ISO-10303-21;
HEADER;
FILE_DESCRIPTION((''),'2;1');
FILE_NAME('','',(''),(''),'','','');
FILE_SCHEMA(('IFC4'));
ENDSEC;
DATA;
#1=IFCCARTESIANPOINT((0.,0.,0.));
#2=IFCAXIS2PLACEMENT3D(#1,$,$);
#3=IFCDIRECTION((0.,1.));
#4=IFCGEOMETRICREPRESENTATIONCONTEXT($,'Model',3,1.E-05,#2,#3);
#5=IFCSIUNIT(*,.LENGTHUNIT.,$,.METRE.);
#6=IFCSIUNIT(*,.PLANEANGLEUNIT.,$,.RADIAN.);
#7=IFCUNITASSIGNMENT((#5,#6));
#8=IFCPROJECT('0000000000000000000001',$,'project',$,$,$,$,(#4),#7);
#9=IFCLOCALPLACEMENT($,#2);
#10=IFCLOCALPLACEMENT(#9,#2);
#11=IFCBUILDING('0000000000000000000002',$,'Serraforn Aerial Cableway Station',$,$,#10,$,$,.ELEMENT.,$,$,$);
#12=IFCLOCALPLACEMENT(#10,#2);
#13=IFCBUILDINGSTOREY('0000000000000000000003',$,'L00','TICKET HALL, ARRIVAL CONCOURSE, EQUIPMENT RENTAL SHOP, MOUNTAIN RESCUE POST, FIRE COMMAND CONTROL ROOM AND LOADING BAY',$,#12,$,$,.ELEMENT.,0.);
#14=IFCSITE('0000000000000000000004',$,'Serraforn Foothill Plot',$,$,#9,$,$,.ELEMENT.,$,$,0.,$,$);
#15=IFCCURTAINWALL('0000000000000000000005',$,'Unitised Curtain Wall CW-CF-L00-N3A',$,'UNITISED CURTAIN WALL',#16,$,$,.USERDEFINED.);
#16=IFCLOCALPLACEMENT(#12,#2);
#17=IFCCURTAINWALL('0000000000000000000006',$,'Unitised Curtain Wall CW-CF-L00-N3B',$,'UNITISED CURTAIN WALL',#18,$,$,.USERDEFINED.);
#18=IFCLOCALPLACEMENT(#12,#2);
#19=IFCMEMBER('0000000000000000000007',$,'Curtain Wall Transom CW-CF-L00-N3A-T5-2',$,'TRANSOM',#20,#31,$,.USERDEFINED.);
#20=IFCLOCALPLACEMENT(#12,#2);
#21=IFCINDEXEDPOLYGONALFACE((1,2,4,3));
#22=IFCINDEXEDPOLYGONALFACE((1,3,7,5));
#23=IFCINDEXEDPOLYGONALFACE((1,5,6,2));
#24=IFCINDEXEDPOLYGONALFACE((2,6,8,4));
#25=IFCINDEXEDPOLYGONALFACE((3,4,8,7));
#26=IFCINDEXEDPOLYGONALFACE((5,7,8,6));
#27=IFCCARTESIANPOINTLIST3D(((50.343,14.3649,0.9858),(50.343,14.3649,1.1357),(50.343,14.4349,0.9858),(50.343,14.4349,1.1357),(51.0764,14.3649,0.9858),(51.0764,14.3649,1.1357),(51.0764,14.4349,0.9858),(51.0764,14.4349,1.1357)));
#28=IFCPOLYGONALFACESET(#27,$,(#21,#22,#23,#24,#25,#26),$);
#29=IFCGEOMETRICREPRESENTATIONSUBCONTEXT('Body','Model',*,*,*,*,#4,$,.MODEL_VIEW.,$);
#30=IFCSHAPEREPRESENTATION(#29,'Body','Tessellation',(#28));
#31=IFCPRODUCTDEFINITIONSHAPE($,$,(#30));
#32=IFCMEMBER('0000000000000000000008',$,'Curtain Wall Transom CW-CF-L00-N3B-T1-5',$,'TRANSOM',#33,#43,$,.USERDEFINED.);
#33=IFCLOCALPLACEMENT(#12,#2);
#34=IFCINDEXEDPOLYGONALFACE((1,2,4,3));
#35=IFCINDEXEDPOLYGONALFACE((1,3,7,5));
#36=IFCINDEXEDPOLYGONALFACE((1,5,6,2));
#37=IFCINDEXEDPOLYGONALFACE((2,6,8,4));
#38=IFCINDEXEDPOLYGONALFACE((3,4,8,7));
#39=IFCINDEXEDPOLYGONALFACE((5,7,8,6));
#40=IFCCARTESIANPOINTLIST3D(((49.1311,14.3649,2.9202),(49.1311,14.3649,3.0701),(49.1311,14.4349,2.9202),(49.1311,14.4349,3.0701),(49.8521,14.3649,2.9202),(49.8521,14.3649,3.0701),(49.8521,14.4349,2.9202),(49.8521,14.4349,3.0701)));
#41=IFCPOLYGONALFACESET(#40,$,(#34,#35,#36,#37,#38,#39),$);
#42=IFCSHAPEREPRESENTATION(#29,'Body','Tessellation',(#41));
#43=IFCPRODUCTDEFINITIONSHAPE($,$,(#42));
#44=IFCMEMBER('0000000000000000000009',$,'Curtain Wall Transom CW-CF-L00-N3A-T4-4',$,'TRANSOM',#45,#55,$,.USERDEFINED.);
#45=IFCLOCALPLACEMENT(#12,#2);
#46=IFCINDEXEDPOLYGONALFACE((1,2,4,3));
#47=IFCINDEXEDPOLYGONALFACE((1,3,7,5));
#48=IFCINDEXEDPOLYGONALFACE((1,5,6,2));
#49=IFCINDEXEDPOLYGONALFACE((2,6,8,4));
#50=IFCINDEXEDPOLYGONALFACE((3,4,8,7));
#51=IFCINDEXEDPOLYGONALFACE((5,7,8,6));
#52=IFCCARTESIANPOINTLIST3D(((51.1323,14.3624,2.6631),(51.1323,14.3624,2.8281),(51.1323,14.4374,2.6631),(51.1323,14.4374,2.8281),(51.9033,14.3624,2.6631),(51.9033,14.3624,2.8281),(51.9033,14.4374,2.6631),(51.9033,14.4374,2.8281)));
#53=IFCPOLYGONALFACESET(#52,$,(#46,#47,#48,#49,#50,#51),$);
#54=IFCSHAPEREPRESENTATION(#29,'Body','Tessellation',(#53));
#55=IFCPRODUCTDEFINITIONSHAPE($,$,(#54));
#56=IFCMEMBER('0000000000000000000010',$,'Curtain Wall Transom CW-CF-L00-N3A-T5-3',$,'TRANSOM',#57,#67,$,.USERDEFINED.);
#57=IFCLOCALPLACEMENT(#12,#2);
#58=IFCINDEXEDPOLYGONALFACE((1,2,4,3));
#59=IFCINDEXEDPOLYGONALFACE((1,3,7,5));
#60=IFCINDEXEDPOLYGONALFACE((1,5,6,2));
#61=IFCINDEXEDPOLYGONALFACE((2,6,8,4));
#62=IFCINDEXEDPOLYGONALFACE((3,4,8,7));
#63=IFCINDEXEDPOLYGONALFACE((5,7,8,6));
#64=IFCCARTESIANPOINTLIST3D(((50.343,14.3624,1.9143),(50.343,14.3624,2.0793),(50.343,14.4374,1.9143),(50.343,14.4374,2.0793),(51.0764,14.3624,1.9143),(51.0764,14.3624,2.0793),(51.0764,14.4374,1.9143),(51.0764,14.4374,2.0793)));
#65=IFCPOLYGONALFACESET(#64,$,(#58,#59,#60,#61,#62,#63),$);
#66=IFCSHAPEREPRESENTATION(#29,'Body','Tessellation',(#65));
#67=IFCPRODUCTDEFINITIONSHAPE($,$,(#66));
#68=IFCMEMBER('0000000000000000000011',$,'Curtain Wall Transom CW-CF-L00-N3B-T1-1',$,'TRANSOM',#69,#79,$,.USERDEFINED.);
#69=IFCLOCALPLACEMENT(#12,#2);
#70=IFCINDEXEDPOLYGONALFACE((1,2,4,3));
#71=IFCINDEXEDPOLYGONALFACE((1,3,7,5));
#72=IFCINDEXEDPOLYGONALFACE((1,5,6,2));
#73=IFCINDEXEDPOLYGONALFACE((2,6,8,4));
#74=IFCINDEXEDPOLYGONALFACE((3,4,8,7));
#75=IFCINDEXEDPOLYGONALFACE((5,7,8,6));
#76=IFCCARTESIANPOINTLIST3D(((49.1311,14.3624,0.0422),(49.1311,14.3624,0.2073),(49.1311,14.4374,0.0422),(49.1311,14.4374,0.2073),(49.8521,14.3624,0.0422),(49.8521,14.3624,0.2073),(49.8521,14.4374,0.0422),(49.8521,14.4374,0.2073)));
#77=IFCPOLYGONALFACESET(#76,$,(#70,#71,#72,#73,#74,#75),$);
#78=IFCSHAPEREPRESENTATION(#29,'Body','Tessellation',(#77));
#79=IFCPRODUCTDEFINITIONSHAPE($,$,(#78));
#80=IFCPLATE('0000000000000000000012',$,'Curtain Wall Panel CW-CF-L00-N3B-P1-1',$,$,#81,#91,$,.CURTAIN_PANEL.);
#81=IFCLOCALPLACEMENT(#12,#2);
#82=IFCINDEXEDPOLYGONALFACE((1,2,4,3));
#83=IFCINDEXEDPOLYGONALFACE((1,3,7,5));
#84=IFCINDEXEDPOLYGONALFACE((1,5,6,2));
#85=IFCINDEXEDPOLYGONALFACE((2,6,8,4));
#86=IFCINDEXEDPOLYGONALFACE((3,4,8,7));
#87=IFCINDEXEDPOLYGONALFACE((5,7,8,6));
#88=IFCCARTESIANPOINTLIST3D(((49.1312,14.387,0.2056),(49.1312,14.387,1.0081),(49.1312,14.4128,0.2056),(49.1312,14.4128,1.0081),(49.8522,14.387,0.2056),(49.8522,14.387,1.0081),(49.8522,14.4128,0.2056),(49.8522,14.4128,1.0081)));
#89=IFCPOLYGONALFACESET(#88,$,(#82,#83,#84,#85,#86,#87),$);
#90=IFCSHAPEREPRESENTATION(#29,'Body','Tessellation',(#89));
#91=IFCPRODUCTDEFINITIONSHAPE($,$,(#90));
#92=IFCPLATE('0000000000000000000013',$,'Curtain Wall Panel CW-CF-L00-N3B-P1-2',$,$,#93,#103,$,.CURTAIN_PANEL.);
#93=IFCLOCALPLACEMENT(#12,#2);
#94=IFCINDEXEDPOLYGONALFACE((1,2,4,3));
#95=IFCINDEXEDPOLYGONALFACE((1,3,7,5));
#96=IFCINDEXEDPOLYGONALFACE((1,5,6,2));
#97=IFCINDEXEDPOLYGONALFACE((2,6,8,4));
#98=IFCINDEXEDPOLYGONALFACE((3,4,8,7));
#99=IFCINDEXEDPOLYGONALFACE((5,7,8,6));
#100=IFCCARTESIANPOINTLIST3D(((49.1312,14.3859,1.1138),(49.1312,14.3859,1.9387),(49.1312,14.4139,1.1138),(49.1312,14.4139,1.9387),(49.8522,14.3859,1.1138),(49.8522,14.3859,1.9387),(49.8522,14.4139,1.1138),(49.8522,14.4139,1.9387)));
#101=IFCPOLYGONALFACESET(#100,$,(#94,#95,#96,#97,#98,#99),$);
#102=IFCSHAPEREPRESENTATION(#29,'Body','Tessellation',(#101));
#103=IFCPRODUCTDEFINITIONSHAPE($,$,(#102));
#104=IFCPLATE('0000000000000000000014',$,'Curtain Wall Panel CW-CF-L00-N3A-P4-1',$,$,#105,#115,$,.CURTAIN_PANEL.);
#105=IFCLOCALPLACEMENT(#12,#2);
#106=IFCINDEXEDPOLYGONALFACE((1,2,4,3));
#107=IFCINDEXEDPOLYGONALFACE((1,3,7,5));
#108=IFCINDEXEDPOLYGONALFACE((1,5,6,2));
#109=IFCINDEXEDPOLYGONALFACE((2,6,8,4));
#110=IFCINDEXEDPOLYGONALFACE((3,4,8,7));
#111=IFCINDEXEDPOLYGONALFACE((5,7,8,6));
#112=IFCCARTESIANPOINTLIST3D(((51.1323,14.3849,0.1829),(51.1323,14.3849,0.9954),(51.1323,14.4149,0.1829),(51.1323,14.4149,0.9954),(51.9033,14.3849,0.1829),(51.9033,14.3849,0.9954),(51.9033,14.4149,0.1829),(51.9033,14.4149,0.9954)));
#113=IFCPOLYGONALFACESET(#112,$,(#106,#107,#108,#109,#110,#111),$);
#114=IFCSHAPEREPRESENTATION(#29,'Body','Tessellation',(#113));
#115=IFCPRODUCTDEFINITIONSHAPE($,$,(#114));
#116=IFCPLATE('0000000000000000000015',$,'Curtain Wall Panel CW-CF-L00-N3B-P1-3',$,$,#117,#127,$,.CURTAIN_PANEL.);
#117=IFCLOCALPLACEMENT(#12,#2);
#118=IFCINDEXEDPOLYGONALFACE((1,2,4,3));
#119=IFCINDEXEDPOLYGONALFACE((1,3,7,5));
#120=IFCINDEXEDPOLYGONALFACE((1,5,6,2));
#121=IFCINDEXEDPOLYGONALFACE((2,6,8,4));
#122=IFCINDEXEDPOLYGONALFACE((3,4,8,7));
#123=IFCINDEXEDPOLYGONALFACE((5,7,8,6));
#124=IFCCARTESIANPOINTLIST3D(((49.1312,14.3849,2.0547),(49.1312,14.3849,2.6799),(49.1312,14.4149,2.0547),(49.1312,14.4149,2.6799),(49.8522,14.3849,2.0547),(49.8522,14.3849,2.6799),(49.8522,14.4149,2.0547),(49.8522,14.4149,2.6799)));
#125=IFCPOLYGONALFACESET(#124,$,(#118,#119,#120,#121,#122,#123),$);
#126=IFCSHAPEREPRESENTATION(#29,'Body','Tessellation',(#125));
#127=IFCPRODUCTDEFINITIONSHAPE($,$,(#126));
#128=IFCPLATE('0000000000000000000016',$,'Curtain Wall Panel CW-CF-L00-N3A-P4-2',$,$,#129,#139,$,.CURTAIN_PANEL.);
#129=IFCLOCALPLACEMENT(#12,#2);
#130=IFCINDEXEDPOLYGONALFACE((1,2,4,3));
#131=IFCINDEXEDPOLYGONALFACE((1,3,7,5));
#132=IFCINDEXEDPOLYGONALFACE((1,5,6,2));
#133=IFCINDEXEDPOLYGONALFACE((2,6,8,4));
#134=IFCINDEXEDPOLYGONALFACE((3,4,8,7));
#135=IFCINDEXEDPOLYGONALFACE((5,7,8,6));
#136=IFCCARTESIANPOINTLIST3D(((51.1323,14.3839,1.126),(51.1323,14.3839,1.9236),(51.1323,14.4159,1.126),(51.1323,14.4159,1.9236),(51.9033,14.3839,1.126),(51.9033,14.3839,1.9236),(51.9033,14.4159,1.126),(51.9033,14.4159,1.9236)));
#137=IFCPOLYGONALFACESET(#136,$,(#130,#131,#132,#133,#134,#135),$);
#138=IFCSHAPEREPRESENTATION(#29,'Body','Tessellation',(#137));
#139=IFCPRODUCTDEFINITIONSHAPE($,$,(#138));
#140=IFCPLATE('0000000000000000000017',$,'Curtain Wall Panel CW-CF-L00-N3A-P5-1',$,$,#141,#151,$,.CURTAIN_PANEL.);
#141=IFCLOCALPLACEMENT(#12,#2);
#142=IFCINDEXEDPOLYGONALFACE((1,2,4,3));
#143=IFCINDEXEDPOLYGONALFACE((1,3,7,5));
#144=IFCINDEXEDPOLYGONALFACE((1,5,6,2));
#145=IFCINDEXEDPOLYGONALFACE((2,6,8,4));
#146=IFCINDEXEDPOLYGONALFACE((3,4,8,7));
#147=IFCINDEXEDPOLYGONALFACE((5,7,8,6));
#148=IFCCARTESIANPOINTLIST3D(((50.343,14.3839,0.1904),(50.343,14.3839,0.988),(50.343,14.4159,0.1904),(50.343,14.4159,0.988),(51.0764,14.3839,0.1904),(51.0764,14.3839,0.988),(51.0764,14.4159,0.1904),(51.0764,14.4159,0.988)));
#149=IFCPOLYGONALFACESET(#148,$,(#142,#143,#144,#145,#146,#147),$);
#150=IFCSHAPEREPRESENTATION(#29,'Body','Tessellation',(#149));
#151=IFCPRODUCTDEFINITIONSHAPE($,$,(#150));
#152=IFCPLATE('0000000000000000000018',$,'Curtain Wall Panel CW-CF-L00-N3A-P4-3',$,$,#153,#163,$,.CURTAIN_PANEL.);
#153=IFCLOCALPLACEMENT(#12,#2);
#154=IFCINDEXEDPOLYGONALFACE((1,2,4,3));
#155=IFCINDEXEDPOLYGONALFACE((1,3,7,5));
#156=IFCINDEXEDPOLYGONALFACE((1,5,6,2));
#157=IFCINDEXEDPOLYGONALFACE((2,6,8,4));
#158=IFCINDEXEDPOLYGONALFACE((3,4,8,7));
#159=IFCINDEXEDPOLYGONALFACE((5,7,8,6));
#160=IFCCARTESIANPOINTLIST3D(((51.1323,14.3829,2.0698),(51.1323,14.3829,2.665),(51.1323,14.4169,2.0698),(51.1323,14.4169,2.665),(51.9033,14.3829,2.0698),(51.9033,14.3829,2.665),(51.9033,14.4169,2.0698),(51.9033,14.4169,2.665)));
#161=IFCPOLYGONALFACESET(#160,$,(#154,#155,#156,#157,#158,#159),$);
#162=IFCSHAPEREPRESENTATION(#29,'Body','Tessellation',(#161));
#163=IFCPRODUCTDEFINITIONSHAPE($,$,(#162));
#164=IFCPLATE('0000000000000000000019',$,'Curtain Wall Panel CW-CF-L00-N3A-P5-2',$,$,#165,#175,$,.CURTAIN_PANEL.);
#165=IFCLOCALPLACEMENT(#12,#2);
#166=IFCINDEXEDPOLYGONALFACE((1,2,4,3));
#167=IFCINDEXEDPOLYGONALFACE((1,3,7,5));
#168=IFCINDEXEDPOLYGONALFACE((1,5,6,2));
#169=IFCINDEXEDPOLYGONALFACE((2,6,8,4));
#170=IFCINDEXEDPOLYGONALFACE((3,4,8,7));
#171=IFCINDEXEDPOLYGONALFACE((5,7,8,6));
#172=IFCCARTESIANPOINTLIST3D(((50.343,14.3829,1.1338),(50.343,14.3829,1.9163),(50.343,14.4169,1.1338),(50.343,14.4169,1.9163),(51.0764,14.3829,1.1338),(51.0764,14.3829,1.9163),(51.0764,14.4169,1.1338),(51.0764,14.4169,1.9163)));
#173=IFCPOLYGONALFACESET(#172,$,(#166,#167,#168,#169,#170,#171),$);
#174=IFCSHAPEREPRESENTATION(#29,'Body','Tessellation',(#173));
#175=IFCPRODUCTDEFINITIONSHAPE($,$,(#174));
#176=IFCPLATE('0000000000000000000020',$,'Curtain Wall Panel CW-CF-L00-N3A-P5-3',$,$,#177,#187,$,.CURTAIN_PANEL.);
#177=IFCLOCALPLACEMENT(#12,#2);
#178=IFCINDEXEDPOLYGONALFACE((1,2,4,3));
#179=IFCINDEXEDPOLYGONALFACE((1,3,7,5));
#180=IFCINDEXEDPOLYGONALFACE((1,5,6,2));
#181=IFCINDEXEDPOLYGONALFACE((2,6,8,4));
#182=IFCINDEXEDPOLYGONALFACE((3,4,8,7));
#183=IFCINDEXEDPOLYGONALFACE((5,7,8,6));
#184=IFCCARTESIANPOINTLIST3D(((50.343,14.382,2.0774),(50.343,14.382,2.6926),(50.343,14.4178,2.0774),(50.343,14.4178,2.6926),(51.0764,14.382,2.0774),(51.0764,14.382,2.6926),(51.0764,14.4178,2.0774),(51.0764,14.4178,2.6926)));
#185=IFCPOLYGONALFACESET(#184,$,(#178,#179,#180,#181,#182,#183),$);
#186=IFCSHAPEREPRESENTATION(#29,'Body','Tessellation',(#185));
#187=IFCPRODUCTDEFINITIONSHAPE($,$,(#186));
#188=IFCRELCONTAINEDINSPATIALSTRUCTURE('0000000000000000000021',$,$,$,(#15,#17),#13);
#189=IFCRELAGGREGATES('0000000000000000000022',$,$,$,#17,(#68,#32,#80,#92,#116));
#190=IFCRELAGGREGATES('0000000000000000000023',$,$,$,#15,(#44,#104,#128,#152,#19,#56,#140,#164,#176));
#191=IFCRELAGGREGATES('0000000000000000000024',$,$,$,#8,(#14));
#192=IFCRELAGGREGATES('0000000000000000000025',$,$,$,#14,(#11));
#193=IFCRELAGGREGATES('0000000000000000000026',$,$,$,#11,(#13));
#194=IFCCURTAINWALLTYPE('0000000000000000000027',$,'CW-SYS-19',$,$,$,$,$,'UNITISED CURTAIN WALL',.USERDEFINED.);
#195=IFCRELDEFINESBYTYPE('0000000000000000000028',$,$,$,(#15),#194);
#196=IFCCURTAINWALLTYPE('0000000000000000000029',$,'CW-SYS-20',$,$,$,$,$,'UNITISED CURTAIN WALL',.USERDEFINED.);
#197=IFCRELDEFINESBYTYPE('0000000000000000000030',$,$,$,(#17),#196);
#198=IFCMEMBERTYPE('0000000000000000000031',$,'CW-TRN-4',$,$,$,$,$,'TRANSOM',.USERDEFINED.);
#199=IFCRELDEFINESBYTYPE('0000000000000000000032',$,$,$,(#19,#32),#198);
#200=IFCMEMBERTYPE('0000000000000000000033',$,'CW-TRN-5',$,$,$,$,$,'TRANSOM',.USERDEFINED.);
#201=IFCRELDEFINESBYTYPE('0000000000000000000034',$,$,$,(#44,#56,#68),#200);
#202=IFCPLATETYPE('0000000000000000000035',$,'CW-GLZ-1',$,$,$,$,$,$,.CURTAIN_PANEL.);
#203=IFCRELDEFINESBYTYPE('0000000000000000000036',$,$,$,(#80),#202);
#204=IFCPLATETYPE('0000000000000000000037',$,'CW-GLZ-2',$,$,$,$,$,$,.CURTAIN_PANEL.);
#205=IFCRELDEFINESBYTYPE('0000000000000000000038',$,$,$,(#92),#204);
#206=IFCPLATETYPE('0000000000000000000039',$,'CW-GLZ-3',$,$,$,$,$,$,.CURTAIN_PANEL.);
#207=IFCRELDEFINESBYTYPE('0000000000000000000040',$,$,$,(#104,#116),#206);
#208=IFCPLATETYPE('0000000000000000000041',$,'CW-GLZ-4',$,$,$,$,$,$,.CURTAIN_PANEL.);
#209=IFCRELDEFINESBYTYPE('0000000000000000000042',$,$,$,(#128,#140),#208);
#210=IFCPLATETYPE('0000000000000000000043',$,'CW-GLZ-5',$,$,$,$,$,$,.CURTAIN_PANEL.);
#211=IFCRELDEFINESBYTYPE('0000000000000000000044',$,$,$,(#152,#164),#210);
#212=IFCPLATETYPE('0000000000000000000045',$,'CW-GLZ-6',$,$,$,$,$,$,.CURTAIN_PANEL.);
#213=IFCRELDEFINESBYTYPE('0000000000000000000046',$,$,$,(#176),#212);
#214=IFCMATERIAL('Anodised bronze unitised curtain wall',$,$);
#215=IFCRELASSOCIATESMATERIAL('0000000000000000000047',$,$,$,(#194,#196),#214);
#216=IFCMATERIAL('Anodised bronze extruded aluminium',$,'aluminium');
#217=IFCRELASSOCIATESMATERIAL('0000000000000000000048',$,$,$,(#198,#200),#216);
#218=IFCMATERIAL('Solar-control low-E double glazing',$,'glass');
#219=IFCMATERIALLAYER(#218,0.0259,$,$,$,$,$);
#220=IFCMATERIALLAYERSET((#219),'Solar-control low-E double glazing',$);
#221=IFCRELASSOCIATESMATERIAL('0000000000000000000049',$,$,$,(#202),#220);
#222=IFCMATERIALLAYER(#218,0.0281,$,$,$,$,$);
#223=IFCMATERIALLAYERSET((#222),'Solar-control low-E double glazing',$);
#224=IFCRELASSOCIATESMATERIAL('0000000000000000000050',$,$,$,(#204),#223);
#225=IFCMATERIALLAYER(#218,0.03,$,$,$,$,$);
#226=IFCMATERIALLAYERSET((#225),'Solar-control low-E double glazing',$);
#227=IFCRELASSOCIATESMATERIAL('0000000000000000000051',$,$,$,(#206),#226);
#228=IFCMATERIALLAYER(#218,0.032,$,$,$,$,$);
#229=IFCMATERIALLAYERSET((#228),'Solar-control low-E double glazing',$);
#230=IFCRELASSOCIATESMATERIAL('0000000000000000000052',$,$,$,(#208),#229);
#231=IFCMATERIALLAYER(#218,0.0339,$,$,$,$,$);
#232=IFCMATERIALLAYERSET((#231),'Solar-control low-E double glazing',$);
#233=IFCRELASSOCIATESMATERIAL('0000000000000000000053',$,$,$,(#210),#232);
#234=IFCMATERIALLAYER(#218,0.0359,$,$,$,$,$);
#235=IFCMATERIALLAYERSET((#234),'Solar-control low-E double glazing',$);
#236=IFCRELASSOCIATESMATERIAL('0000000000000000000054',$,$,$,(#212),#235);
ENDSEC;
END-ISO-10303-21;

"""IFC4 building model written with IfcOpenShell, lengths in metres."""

from ifc_helpers import new_model, si_unit, direction, frame, origin, origin_2d, place, context, subcontext, project, spatial, rectangle, extrude, material, layer, layer_set, material_profile, profile_set, type_object, element, aggregate, save


model = new_model("IFC4")

# Units and contexts
model_context = context("Model", 3, precision=1e-05, world=origin(), true_north=direction((0.0, 1.0)))
body_context = subcontext(model_context, "Body", "Model", "MODEL_VIEW")
ifc_project = project(units=[si_unit("LENGTHUNIT", "METRE"), si_unit("PLANEANGLEUNIT", "RADIAN")], contexts=[model_context])

# Site, building, storey
site_placement = place(None, origin())
site = spatial("IfcSite", under=ifc_project, at=site_placement, Name="Serraforn Foothill Plot", CompositionType="ELEMENT", RefElevation=0.0)
building_placement = place(site_placement, origin())
building = spatial("IfcBuilding", under=site, at=building_placement, Name="Serraforn Aerial Cableway Station", CompositionType="ELEMENT")
storey_placement = place(building_placement, origin())
storey = spatial("IfcBuildingStorey", under=building, at=storey_placement, Name="L00", Description="TICKET HALL, ARRIVAL CONCOURSE, EQUIPMENT RENTAL SHOP, MOUNTAIN RESCUE POST, FIRE COMMAND CONTROL ROOM AND LOADING BAY", CompositionType="ELEMENT", Elevation=0.0)

# Curtain wall
ifc_material_1 = material(Name="Anodised bronze unitised curtain wall")
curtain_wall_type_1 = type_object("IfcCurtainWallType", Name="CW-SYS-19", ElementType="UNITISED CURTAIN WALL", PredefinedType="USERDEFINED", material=ifc_material_1)
curtain_wall_1_placement = place(storey_placement, origin())
curtain_wall_1 = element("IfcCurtainWall", 1, at=curtain_wall_1_placement, inside=storey, type_object=curtain_wall_type_1, Name="Unitised Curtain Wall CW-CF-L00-N3A", ObjectType="UNITISED CURTAIN WALL", PredefinedType="USERDEFINED")
ifc_material_2 = material(Name="Anodised bronze extruded aluminium", Category="aluminium")

# Curtain wall
curtain_wall_type_2 = type_object("IfcCurtainWallType", Name="CW-SYS-20", ElementType="UNITISED CURTAIN WALL", PredefinedType="USERDEFINED", material=ifc_material_1)
curtain_wall_2_placement = place(storey_placement, origin())
curtain_wall_2 = element("IfcCurtainWall", 2, at=curtain_wall_2_placement, inside=storey, type_object=curtain_wall_type_2, Name="Unitised Curtain Wall CW-CF-L00-N3B", ObjectType="UNITISED CURTAIN WALL", PredefinedType="USERDEFINED")

# Members
ifc_material_profile_1 = material_profile(ifc_material_2, rectangle(XDim=0.0701, YDim=0.1499, at=origin_2d()), Name="CW TRANSOM 70x150")
ifc_profile_set_1 = profile_set([ifc_material_profile_1], Name="Anodised bronze extruded aluminium")
member_type_1 = type_object("IfcMemberType", Name="CW-TRN-4", ElementType="TRANSOM", PredefinedType="USERDEFINED", material=ifc_profile_set_1)
member_1_placement = place(storey_placement, frame((51.0764, 14.3999, 1.0608), z_axis=(-1.0, 0.0, 0.0), x_axis=(0.0, -1.0, 0.0)))
member_1 = element("IfcMember", 3, at=member_1_placement, type_object=member_type_1, Name="Curtain Wall Transom CW-CF-L00-N3A-T5-2", ObjectType="TRANSOM", PredefinedType="USERDEFINED", context=body_context, shape_type="SweptSolid", body=[
    extrude(rectangle(XDim=0.0701, YDim=0.1499, at=origin_2d()), origin(), (0.0, 0.0, 1.0), 0.7334),
])
member_2_placement = place(storey_placement, frame((49.8521, 14.3999, 2.9951), z_axis=(-1.0, 0.0, 0.0), x_axis=(0.0, -1.0, 0.0)))
member_2 = element("IfcMember", 4, at=member_2_placement, type_object=member_type_1, Name="Curtain Wall Transom CW-CF-L00-N3B-T1-5", ObjectType="TRANSOM", PredefinedType="USERDEFINED", context=body_context, shape_type="SweptSolid", body=[
    extrude(rectangle(XDim=0.0701, YDim=0.1499, at=origin_2d()), origin(), (0.0, 0.0, 1.0), 0.7209),
])
ifc_material_profile_2 = material_profile(ifc_material_2, rectangle(XDim=0.075, YDim=0.165, at=origin_2d()), Name="CW TRANSOM 75x165")
ifc_profile_set_2 = profile_set([ifc_material_profile_2], Name="Anodised bronze extruded aluminium")
member_type_2 = type_object("IfcMemberType", Name="CW-TRN-5", ElementType="TRANSOM", PredefinedType="USERDEFINED", material=ifc_profile_set_2)
member_3_placement = place(storey_placement, frame((51.9033, 14.3999, 2.7456), z_axis=(-1.0, 0.0, 0.0), x_axis=(0.0, -1.0, 0.0)))
member_3 = element("IfcMember", 5, at=member_3_placement, type_object=member_type_2, Name="Curtain Wall Transom CW-CF-L00-N3A-T4-4", ObjectType="TRANSOM", PredefinedType="USERDEFINED", context=body_context, shape_type="SweptSolid", body=[
    extrude(rectangle(XDim=0.075, YDim=0.165, at=origin_2d()), origin(), (0.0, 0.0, 1.0), 0.771),
])
member_4_placement = place(storey_placement, frame((51.0764, 14.3999, 1.9968), z_axis=(-1.0, 0.0, 0.0), x_axis=(0.0, -1.0, 0.0)))
member_4 = element("IfcMember", 6, at=member_4_placement, type_object=member_type_2, Name="Curtain Wall Transom CW-CF-L00-N3A-T5-3", ObjectType="TRANSOM", PredefinedType="USERDEFINED", context=body_context, shape_type="SweptSolid", body=[
    extrude(rectangle(XDim=0.075, YDim=0.165, at=origin_2d()), origin(), (0.0, 0.0, 1.0), 0.7334),
])
member_5_placement = place(storey_placement, frame((49.8521, 14.3999, 0.1248), z_axis=(-1.0, 0.0, 0.0), x_axis=(0.0, -1.0, 0.0)))
member_5 = element("IfcMember", 7, at=member_5_placement, type_object=member_type_2, Name="Curtain Wall Transom CW-CF-L00-N3B-T1-1", ObjectType="TRANSOM", PredefinedType="USERDEFINED", context=body_context, shape_type="SweptSolid", body=[
    extrude(rectangle(XDim=0.075, YDim=0.165, at=origin_2d()), origin(), (0.0, 0.0, 1.0), 0.7209),
])

# Plates
ifc_material_3 = material(Name="Solar-control low-E double glazing", Category="glass")
ifc_layer_1 = layer(ifc_material_3, 0.0259)
ifc_layer_set_1 = layer_set([ifc_layer_1], Name="Solar-control low-E double glazing")
plate_type_1 = type_object("IfcPlateType", Name="CW-GLZ-1", PredefinedType="CURTAIN_PANEL", material=ifc_layer_set_1)
plate_1_placement = place(storey_placement, frame((49.4917, 14.3999, 0.2056), z_axis=(0.0, 0.0, 1.0), x_axis=(1.0, 0.0, 0.0)))
plate_1 = element("IfcPlate", 8, at=plate_1_placement, type_object=plate_type_1, Name="Curtain Wall Panel CW-CF-L00-N3B-P1-1", PredefinedType="CURTAIN_PANEL", context=body_context, shape_type="SweptSolid", body=[
    extrude(rectangle(XDim=0.7209, YDim=0.0259, at=origin_2d()), origin(), (0.0, 0.0, 1.0), 0.8025),
])
ifc_layer_2 = layer(ifc_material_3, 0.0281)
ifc_layer_set_2 = layer_set([ifc_layer_2], Name="Solar-control low-E double glazing")
plate_type_2 = type_object("IfcPlateType", Name="CW-GLZ-2", PredefinedType="CURTAIN_PANEL", material=ifc_layer_set_2)
plate_2_placement = place(storey_placement, frame((49.4917, 14.3999, 1.1138), z_axis=(0.0, 0.0, 1.0), x_axis=(1.0, 0.0, 0.0)))
plate_2 = element("IfcPlate", 9, at=plate_2_placement, type_object=plate_type_2, Name="Curtain Wall Panel CW-CF-L00-N3B-P1-2", PredefinedType="CURTAIN_PANEL", context=body_context, shape_type="SweptSolid", body=[
    extrude(rectangle(XDim=0.7209, YDim=0.0281, at=origin_2d()), origin(), (0.0, 0.0, 1.0), 0.825),
])
ifc_layer_3 = layer(ifc_material_3, 0.03)
ifc_layer_set_3 = layer_set([ifc_layer_3], Name="Solar-control low-E double glazing")
plate_type_3 = type_object("IfcPlateType", Name="CW-GLZ-3", PredefinedType="CURTAIN_PANEL", material=ifc_layer_set_3)
plate_3_placement = place(storey_placement, frame((51.5178, 14.3999, 0.1829), z_axis=(0.0, 0.0, 1.0), x_axis=(1.0, 0.0, 0.0)))
plate_3 = element("IfcPlate", 10, at=plate_3_placement, type_object=plate_type_3, Name="Curtain Wall Panel CW-CF-L00-N3A-P4-1", PredefinedType="CURTAIN_PANEL", context=body_context, shape_type="SweptSolid", body=[
    extrude(rectangle(XDim=0.771, YDim=0.03, at=origin_2d()), origin(), (0.0, 0.0, 1.0), 0.8125),
])
plate_4_placement = place(storey_placement, frame((49.4917, 14.3999, 2.0547), z_axis=(0.0, 0.0, 1.0), x_axis=(1.0, 0.0, 0.0)))
plate_4 = element("IfcPlate", 11, at=plate_4_placement, type_object=plate_type_3, Name="Curtain Wall Panel CW-CF-L00-N3B-P1-3", PredefinedType="CURTAIN_PANEL", context=body_context, shape_type="SweptSolid", body=[
    extrude(rectangle(XDim=0.7209, YDim=0.03, at=origin_2d()), origin(), (0.0, 0.0, 1.0), 0.6252),
])
aggregate(curtain_wall_2, [member_5, member_2, plate_1, plate_2, plate_4])
ifc_layer_4 = layer(ifc_material_3, 0.032)
ifc_layer_set_4 = layer_set([ifc_layer_4], Name="Solar-control low-E double glazing")
plate_type_4 = type_object("IfcPlateType", Name="CW-GLZ-4", PredefinedType="CURTAIN_PANEL", material=ifc_layer_set_4)
plate_5_placement = place(storey_placement, frame((51.5178, 14.3999, 1.126), z_axis=(0.0, 0.0, 1.0), x_axis=(1.0, 0.0, 0.0)))
plate_5 = element("IfcPlate", 12, at=plate_5_placement, type_object=plate_type_4, Name="Curtain Wall Panel CW-CF-L00-N3A-P4-2", PredefinedType="CURTAIN_PANEL", context=body_context, shape_type="SweptSolid", body=[
    extrude(rectangle(XDim=0.771, YDim=0.032, at=origin_2d()), origin(), (0.0, 0.0, 1.0), 0.7976),
])
plate_6_placement = place(storey_placement, frame((50.7097, 14.3999, 0.1904), z_axis=(0.0, 0.0, 1.0), x_axis=(1.0, 0.0, 0.0)))
plate_6 = element("IfcPlate", 13, at=plate_6_placement, type_object=plate_type_4, Name="Curtain Wall Panel CW-CF-L00-N3A-P5-1", PredefinedType="CURTAIN_PANEL", context=body_context, shape_type="SweptSolid", body=[
    extrude(rectangle(XDim=0.7334, YDim=0.032, at=origin_2d()), origin(), (0.0, 0.0, 1.0), 0.7976),
])
ifc_layer_5 = layer(ifc_material_3, 0.0339)
ifc_layer_set_5 = layer_set([ifc_layer_5], Name="Solar-control low-E double glazing")
plate_type_5 = type_object("IfcPlateType", Name="CW-GLZ-5", PredefinedType="CURTAIN_PANEL", material=ifc_layer_set_5)
plate_7_placement = place(storey_placement, frame((51.5178, 14.3999, 2.0698), z_axis=(0.0, 0.0, 1.0), x_axis=(1.0, 0.0, 0.0)))
plate_7 = element("IfcPlate", 14, at=plate_7_placement, type_object=plate_type_5, Name="Curtain Wall Panel CW-CF-L00-N3A-P4-3", PredefinedType="CURTAIN_PANEL", context=body_context, shape_type="SweptSolid", body=[
    extrude(rectangle(XDim=0.771, YDim=0.0339, at=origin_2d()), origin(), (0.0, 0.0, 1.0), 0.5952),
])
plate_8_placement = place(storey_placement, frame((50.7097, 14.3999, 1.1338), z_axis=(0.0, 0.0, 1.0), x_axis=(1.0, 0.0, 0.0)))
plate_8 = element("IfcPlate", 15, at=plate_8_placement, type_object=plate_type_5, Name="Curtain Wall Panel CW-CF-L00-N3A-P5-2", PredefinedType="CURTAIN_PANEL", context=body_context, shape_type="SweptSolid", body=[
    extrude(rectangle(XDim=0.7334, YDim=0.0339, at=origin_2d()), origin(), (0.0, 0.0, 1.0), 0.7825),
])
ifc_layer_6 = layer(ifc_material_3, 0.0359)
ifc_layer_set_6 = layer_set([ifc_layer_6], Name="Solar-control low-E double glazing")
plate_type_6 = type_object("IfcPlateType", Name="CW-GLZ-6", PredefinedType="CURTAIN_PANEL", material=ifc_layer_set_6)
plate_9_placement = place(storey_placement, frame((50.7097, 14.3999, 2.0774), z_axis=(0.0, 0.0, 1.0), x_axis=(1.0, 0.0, 0.0)))
plate_9 = element("IfcPlate", 16, at=plate_9_placement, type_object=plate_type_6, Name="Curtain Wall Panel CW-CF-L00-N3A-P5-3", PredefinedType="CURTAIN_PANEL", context=body_context, shape_type="SweptSolid", body=[
    extrude(rectangle(XDim=0.7334, YDim=0.0359, at=origin_2d()), origin(), (0.0, 0.0, 1.0), 0.6152),
])
aggregate(curtain_wall_1, [member_3, plate_3, plate_5, plate_7, member_1, member_4, plate_6, plate_8, plate_9])

save(model, "model.ifc")
